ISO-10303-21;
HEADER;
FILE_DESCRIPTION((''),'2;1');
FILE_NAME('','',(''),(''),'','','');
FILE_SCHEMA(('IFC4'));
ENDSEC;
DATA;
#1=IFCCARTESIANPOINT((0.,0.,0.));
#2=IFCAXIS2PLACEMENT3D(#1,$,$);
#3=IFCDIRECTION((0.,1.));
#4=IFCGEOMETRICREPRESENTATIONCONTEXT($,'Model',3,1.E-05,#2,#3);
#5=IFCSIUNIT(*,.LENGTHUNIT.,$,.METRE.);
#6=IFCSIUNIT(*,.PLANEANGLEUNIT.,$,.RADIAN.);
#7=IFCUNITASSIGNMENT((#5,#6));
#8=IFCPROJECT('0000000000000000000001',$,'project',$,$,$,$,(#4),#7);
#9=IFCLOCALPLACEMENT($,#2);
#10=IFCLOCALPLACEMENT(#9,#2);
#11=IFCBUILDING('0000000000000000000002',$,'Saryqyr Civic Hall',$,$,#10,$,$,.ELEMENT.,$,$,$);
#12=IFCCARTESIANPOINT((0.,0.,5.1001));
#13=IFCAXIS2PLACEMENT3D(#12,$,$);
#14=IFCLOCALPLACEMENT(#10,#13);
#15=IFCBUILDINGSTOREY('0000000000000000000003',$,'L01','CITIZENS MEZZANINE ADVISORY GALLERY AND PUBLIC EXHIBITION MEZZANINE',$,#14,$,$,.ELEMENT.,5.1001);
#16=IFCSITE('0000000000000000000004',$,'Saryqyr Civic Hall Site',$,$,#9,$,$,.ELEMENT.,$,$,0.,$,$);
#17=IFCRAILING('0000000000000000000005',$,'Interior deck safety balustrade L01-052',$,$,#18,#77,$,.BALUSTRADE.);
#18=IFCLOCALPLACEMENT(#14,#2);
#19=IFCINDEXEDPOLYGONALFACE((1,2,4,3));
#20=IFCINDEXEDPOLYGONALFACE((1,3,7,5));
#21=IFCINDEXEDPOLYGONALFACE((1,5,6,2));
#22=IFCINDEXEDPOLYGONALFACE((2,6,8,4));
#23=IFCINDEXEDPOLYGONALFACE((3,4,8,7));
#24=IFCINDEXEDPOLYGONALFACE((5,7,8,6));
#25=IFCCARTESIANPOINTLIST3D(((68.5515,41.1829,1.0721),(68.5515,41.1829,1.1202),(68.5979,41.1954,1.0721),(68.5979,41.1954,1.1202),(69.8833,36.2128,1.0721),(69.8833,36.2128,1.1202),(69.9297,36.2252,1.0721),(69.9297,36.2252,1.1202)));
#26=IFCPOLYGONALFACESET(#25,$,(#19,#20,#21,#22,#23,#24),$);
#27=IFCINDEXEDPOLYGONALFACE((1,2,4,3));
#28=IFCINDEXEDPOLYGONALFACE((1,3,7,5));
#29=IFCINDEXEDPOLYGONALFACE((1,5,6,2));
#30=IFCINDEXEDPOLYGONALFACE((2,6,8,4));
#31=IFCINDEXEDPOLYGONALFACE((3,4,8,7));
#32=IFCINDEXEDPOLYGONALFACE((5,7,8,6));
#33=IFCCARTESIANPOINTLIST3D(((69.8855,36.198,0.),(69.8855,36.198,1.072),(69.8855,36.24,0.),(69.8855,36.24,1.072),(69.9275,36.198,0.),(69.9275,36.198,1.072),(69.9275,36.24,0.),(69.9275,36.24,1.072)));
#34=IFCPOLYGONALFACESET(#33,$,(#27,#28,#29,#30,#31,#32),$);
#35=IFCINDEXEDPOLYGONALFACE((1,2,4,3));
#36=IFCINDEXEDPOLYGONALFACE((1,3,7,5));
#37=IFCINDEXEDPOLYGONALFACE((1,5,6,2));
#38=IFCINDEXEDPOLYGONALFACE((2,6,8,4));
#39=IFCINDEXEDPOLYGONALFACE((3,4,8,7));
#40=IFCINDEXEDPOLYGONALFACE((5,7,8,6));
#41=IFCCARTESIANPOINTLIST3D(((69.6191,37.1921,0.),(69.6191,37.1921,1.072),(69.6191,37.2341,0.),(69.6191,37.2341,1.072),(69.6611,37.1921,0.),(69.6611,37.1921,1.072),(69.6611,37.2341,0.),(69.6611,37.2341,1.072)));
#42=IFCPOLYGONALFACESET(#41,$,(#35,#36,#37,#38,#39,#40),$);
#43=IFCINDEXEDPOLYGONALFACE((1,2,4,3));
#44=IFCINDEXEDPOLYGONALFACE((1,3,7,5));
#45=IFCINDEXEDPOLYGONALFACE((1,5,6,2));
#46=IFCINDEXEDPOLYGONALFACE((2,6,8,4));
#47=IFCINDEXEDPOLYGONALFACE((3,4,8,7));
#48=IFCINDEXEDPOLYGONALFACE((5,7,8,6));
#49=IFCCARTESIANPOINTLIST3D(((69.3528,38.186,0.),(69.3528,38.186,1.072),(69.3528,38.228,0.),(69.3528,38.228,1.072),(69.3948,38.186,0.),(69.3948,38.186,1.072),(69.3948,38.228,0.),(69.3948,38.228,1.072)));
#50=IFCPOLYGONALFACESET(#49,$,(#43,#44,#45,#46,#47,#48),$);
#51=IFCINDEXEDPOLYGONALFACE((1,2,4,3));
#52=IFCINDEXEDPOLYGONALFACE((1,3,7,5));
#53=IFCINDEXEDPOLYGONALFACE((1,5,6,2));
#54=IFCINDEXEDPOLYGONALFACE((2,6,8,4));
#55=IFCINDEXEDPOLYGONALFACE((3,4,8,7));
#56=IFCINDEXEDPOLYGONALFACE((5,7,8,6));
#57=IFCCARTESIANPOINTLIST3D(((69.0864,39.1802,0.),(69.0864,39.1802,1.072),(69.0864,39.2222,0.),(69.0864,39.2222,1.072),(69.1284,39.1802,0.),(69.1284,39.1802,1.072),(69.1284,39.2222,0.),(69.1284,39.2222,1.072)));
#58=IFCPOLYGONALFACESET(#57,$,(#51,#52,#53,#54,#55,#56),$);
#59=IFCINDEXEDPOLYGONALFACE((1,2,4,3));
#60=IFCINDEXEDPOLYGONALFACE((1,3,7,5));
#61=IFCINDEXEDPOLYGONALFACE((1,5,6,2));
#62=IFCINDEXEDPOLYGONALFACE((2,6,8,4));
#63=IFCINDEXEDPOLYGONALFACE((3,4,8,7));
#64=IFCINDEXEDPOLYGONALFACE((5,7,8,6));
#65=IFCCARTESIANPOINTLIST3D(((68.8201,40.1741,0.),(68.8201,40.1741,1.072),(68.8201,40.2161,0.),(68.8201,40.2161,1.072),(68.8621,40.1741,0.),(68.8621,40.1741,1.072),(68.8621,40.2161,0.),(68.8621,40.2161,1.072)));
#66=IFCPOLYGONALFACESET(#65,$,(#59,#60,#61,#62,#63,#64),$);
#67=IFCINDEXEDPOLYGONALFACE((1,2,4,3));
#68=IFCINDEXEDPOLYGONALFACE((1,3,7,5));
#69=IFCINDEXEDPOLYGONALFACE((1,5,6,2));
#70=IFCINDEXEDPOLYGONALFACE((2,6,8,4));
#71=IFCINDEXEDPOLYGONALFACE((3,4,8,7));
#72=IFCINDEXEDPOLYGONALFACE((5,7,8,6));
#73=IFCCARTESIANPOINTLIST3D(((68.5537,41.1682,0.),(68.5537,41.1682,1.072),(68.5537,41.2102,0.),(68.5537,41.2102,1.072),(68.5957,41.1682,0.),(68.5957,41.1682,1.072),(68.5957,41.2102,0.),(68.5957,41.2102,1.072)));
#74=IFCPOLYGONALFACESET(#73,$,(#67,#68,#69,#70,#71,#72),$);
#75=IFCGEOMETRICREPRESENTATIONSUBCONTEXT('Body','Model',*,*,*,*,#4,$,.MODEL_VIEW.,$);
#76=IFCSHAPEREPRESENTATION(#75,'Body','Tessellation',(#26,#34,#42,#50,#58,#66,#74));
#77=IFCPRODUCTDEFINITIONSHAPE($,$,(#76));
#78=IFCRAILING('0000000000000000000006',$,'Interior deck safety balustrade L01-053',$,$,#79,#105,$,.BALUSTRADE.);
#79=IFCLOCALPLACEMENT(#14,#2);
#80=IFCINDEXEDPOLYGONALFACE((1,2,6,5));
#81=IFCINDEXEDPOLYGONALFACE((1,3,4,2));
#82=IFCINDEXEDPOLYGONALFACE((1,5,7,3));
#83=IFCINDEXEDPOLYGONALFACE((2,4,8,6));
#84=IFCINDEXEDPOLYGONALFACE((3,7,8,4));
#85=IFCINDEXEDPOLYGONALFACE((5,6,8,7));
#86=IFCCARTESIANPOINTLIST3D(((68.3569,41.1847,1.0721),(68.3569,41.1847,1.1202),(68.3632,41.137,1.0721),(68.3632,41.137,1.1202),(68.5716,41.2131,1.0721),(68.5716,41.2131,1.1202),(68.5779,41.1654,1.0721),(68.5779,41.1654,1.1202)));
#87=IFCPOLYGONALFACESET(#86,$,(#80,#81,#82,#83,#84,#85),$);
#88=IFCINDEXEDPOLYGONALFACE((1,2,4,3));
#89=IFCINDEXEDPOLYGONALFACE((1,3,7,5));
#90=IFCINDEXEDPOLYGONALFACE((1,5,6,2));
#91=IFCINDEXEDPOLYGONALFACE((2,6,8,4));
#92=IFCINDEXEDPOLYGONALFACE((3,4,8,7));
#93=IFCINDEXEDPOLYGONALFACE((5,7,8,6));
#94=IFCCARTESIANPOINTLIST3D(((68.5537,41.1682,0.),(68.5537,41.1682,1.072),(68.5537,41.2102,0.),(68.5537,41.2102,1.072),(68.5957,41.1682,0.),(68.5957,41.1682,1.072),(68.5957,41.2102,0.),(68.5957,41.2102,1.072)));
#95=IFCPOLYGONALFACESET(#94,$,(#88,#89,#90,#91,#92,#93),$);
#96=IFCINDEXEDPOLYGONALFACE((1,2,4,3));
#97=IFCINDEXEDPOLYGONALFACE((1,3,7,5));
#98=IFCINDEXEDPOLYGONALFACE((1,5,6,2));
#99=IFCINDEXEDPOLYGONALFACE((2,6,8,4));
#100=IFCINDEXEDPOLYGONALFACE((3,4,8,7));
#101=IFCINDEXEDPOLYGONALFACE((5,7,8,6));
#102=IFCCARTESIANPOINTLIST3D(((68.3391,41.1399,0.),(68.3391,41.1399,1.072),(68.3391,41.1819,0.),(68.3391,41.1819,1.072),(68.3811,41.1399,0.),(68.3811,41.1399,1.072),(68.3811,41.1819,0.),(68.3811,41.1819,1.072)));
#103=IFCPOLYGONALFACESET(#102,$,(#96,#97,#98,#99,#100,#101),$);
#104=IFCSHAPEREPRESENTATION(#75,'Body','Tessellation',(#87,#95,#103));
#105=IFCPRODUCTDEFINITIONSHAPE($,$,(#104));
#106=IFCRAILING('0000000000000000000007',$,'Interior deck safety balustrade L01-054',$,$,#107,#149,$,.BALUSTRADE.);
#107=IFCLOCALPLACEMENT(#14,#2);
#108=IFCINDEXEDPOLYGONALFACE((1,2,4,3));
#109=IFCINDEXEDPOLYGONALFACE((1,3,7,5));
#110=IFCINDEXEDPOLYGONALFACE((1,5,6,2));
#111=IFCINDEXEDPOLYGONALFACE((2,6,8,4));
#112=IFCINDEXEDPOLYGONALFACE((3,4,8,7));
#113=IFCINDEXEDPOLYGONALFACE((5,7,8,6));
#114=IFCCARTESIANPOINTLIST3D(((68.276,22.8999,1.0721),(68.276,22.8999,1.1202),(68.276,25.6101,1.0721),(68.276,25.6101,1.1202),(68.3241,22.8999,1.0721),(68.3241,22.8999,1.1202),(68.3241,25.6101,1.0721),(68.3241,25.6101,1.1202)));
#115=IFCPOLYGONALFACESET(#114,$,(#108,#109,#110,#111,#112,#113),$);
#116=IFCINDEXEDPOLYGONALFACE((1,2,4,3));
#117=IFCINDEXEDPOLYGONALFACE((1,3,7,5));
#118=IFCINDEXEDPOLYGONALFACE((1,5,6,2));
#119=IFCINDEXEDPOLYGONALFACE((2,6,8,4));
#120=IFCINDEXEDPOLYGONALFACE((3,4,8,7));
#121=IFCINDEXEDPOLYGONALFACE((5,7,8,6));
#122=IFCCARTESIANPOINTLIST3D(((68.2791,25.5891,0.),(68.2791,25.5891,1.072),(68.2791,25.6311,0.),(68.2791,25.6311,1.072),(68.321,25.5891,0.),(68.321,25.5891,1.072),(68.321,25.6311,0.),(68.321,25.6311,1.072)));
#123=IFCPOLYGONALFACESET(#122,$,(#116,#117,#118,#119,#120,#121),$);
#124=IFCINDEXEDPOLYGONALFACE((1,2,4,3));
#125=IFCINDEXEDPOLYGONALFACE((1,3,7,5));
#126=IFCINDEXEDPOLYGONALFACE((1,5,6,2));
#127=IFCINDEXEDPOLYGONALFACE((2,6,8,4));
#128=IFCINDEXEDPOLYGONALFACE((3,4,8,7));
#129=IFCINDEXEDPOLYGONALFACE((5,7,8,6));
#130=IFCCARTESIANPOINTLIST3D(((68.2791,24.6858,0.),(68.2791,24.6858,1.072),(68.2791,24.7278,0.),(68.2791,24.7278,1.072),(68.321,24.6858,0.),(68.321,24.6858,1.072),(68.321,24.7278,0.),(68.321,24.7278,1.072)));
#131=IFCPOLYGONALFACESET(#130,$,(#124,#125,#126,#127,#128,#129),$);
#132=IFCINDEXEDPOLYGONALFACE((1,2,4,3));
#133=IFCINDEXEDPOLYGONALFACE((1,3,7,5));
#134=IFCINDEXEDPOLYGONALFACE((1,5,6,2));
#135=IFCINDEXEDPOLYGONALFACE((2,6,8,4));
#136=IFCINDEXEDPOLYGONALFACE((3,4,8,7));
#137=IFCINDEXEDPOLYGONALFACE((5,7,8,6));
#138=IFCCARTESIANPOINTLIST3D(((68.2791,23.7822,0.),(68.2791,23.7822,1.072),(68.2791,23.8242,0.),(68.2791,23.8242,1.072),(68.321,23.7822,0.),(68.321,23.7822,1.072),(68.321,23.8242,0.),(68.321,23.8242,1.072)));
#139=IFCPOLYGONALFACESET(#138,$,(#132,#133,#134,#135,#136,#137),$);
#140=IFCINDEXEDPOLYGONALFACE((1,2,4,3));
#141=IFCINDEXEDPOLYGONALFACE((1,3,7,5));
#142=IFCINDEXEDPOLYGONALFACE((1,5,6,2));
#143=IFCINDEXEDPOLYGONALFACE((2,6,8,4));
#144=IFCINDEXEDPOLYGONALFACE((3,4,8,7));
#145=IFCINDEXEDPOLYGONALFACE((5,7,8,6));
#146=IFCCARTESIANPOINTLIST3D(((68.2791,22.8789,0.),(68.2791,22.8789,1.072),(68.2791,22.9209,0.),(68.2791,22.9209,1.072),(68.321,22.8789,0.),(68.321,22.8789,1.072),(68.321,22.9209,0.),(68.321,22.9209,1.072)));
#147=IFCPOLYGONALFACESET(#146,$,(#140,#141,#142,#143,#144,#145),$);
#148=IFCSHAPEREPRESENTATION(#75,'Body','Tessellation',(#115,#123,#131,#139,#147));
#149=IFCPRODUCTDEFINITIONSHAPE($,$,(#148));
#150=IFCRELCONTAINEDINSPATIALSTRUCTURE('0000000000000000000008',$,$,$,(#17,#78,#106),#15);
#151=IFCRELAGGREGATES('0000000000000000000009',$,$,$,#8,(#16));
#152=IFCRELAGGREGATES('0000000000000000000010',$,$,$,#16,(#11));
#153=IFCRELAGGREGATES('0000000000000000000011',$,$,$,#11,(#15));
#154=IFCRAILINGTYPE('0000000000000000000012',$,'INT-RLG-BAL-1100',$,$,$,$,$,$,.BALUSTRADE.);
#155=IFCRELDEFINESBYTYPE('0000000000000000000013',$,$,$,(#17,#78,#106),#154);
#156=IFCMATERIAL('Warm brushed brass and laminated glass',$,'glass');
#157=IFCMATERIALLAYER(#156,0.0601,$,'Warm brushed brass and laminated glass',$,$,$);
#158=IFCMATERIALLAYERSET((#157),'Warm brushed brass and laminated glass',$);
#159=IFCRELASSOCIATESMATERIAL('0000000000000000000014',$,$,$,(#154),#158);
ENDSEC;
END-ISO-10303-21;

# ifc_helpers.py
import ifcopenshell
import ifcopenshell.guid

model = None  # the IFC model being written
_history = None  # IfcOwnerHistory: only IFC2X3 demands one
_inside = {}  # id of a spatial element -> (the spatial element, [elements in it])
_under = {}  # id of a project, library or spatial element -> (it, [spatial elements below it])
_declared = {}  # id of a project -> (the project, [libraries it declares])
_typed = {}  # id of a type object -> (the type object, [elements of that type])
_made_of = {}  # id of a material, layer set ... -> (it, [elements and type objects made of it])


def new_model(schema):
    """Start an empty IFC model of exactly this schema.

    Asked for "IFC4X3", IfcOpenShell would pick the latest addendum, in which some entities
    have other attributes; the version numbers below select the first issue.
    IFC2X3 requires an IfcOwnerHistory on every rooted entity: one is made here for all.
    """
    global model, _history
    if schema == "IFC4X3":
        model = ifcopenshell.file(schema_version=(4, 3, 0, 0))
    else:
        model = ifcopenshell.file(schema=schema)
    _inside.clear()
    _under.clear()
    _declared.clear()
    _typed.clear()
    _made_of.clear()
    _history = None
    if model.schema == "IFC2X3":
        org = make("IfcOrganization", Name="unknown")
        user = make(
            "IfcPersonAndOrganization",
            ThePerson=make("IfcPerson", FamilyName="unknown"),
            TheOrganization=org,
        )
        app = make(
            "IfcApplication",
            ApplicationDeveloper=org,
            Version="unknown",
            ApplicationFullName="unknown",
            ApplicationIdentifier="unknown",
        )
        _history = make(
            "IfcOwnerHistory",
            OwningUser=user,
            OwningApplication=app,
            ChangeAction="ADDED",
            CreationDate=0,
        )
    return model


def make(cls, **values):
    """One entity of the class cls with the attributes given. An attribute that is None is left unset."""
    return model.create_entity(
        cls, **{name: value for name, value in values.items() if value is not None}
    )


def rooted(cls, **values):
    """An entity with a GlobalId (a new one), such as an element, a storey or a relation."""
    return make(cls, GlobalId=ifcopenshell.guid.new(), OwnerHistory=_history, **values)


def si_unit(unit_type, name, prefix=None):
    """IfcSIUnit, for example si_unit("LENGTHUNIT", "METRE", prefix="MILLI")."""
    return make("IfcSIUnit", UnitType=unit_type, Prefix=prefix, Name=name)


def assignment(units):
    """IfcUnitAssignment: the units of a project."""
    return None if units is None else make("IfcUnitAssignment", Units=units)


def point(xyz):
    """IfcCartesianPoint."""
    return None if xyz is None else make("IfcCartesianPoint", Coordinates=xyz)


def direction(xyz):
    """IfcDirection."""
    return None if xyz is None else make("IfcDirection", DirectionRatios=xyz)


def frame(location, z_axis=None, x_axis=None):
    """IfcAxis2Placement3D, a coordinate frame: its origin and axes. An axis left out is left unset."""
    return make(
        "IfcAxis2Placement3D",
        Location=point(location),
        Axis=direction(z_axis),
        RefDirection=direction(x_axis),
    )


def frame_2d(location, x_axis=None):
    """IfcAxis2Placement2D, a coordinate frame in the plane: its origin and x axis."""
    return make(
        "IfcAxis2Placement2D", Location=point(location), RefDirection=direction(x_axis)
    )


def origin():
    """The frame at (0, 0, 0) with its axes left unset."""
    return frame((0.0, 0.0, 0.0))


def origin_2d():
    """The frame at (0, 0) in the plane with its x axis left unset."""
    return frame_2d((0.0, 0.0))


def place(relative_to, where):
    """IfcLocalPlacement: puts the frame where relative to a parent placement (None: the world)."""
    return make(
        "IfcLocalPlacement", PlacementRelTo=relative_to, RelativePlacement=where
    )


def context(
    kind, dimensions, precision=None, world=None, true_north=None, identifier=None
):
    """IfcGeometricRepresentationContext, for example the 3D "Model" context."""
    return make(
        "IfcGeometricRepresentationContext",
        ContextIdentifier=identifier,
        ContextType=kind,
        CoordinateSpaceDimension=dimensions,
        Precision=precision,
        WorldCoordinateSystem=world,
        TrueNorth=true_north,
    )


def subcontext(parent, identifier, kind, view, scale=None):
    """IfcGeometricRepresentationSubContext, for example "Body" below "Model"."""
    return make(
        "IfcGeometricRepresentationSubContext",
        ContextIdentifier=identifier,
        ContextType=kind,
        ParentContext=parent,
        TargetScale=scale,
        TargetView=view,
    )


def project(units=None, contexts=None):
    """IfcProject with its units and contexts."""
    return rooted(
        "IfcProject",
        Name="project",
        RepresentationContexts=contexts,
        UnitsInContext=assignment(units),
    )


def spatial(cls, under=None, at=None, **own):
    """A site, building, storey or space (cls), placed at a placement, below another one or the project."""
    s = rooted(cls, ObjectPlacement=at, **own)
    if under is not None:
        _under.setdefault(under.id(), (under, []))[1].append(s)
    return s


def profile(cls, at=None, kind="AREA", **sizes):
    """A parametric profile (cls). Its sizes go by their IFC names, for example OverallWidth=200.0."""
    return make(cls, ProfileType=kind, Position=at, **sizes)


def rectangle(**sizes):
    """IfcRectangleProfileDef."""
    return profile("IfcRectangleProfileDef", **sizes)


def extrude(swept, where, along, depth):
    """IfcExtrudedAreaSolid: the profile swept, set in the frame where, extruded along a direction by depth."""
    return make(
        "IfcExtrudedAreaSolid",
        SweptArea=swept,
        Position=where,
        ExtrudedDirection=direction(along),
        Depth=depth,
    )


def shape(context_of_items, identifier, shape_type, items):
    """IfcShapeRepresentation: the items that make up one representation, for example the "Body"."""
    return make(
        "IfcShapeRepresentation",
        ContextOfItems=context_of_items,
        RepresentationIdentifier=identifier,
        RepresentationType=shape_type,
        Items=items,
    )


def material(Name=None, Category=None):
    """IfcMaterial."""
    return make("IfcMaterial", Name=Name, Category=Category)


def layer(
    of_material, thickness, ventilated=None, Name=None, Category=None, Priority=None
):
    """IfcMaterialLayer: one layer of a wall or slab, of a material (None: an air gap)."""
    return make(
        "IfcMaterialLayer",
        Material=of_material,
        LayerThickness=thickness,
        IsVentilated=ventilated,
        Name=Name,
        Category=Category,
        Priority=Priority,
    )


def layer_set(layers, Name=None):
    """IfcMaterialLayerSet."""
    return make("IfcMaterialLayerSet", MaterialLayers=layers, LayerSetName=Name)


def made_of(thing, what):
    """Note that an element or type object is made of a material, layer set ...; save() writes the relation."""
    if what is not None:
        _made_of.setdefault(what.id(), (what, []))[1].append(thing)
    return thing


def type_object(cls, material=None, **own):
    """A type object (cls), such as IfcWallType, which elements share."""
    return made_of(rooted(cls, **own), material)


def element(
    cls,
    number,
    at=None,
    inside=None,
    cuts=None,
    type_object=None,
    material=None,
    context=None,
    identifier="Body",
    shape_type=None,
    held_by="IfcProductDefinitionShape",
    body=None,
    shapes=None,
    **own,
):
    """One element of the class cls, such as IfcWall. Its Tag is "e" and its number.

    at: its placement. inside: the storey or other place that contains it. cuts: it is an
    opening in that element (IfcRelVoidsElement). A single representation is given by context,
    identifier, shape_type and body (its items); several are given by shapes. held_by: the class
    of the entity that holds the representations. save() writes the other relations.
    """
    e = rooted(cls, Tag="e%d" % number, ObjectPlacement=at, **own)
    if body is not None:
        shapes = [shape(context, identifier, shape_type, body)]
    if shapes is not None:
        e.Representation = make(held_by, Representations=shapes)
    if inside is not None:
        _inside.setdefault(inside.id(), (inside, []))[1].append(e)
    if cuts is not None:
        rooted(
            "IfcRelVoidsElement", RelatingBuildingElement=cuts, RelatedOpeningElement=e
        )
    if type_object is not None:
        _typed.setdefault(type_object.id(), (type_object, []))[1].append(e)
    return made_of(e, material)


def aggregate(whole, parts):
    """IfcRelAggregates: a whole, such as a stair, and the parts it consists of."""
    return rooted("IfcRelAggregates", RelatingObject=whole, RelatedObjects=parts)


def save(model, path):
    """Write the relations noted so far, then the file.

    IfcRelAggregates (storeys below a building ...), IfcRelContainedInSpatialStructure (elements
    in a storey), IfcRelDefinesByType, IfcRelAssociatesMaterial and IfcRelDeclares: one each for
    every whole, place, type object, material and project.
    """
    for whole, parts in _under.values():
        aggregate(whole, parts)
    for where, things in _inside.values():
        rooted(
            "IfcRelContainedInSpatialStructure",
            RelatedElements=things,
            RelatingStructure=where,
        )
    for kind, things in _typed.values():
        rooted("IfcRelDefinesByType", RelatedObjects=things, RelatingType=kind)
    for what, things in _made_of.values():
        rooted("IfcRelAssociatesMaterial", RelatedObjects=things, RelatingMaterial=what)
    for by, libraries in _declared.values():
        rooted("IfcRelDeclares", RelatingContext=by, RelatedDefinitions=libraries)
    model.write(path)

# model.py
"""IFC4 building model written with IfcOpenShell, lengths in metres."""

from ifc_helpers import new_model, si_unit, direction, frame, origin, origin_2d, place, context, subcontext, project, spatial, rectangle, extrude, material, layer, layer_set, type_object, element, save


model = new_model("IFC4")

# Units and contexts
model_context = context("Model", 3, precision=1e-05, world=origin(), true_north=direction((0.0, 1.0)))
body_context = subcontext(model_context, "Body", "Model", "MODEL_VIEW")
ifc_project = project(units=[si_unit("LENGTHUNIT", "METRE"), si_unit("PLANEANGLEUNIT", "RADIAN")], contexts=[model_context])

# Site, building, storey
site_placement = place(None, origin())
site = spatial("IfcSite", under=ifc_project, at=site_placement, Name="Saryqyr Civic Hall Site", CompositionType="ELEMENT", RefElevation=0.0)
building_placement = place(site_placement, origin())
building = spatial("IfcBuilding", under=site, at=building_placement, Name="Saryqyr Civic Hall", CompositionType="ELEMENT")
storey_placement = place(building_placement, frame((0.0, 0.0, 5.1001)))
storey = spatial("IfcBuildingStorey", under=building, at=storey_placement, Name="L01", Description="CITIZENS MEZZANINE ADVISORY GALLERY AND PUBLIC EXHIBITION MEZZANINE", CompositionType="ELEMENT", Elevation=5.1001)

# Railings
ifc_material_1 = material(Name="Warm brushed brass and laminated glass", Category="glass")
ifc_layer_1 = layer(ifc_material_1, 0.0601, Name="Warm brushed brass and laminated glass")
ifc_layer_set_1 = layer_set([ifc_layer_1], Name="Warm brushed brass and laminated glass")
railing_type = type_object("IfcRailingType", Name="INT-RLG-BAL-1100", PredefinedType="BALUSTRADE", material=ifc_layer_set_1)
railing_1_placement = place(storey_placement, frame((69.9065, 36.219, 0.0)))
element("IfcRailing", 1, at=railing_1_placement, inside=storey, type_object=railing_type, Name="Interior deck safety balustrade L01-052", PredefinedType="BALUSTRADE", context=body_context, shape_type="SweptSolid", body=[
    extrude(rectangle(XDim=0.0481, YDim=0.0481, at=origin_2d()), frame((0.0, 0.0, 1.0962), z_axis=(-0.258823, 0.965925, 0.0), x_axis=(-0.965925, -0.258823, 0.0)), (0.0, 0.0, 1.0), 5.1455),
    extrude(rectangle(XDim=0.042, YDim=0.042, at=origin_2d()), origin(), (0.0, 0.0, 1.0), 1.072),
    extrude(rectangle(XDim=0.042, YDim=0.042, at=origin_2d()), frame((-0.2664, 0.9941, 0.0)), (0.0, 0.0, 1.0), 1.072),
    extrude(rectangle(XDim=0.042, YDim=0.042, at=origin_2d()), frame((-0.5327, 1.988, 0.0)), (0.0, 0.0, 1.0), 1.072),
    extrude(rectangle(XDim=0.042, YDim=0.042, at=origin_2d()), frame((-0.7991, 2.9822, 0.0)), (0.0, 0.0, 1.0), 1.072),
    extrude(rectangle(XDim=0.042, YDim=0.042, at=origin_2d()), frame((-1.0654, 3.9761, 0.0)), (0.0, 0.0, 1.0), 1.072),
    extrude(rectangle(XDim=0.042, YDim=0.042, at=origin_2d()), frame((-1.3318, 4.9702, 0.0)), (0.0, 0.0, 1.0), 1.072),
])
railing_2_placement = place(storey_placement, frame((68.5747, 41.1892, 0.0)))
element("IfcRailing", 2, at=railing_2_placement, inside=storey, type_object=railing_type, Name="Interior deck safety balustrade L01-053", PredefinedType="BALUSTRADE", context=body_context, shape_type="SweptSolid", body=[
    extrude(rectangle(XDim=0.0481, YDim=0.0481, at=origin_2d()), frame((0.0, 0.0, 1.0962), z_axis=(-0.991404, -0.130834, 0.0), x_axis=(0.130834, -0.991404, 0.0)), (0.0, 0.0, 1.0), 0.2166),
    extrude(rectangle(XDim=0.042, YDim=0.042, at=origin_2d()), origin(), (0.0, 0.0, 1.0), 1.072),
    extrude(rectangle(XDim=0.042, YDim=0.042, at=origin_2d()), frame((-0.2146, -0.0283, 0.0)), (0.0, 0.0, 1.0), 1.072),
])
railing_3_placement = place(storey_placement, frame((68.3, 25.6101, 0.0)))
element("IfcRailing", 3, at=railing_3_placement, inside=storey, type_object=railing_type, Name="Interior deck safety balustrade L01-054", PredefinedType="BALUSTRADE", context=body_context, shape_type="SweptSolid", body=[
    extrude(rectangle(XDim=0.0481, YDim=0.0481, at=origin_2d()), frame((0.0, 0.0, 1.0962), z_axis=(0.0, -1.0, 0.0), x_axis=(1.0, 0.0, 0.0)), (0.0, 0.0, 1.0), 2.7102),
    extrude(rectangle(XDim=0.042, YDim=0.042, at=origin_2d()), origin(), (0.0, 0.0, 1.0), 1.072),
    extrude(rectangle(XDim=0.042, YDim=0.042, at=origin_2d()), frame((0.0, -0.9033, 0.0)), (0.0, 0.0, 1.0), 1.072),
    extrude(rectangle(XDim=0.042, YDim=0.042, at=origin_2d()), frame((0.0, -1.8069, 0.0)), (0.0, 0.0, 1.0), 1.072),
    extrude(rectangle(XDim=0.042, YDim=0.042, at=origin_2d()), frame((0.0, -2.7102, 0.0)), (0.0, 0.0, 1.0), 1.072),
])

save(model, "model.ifc")
